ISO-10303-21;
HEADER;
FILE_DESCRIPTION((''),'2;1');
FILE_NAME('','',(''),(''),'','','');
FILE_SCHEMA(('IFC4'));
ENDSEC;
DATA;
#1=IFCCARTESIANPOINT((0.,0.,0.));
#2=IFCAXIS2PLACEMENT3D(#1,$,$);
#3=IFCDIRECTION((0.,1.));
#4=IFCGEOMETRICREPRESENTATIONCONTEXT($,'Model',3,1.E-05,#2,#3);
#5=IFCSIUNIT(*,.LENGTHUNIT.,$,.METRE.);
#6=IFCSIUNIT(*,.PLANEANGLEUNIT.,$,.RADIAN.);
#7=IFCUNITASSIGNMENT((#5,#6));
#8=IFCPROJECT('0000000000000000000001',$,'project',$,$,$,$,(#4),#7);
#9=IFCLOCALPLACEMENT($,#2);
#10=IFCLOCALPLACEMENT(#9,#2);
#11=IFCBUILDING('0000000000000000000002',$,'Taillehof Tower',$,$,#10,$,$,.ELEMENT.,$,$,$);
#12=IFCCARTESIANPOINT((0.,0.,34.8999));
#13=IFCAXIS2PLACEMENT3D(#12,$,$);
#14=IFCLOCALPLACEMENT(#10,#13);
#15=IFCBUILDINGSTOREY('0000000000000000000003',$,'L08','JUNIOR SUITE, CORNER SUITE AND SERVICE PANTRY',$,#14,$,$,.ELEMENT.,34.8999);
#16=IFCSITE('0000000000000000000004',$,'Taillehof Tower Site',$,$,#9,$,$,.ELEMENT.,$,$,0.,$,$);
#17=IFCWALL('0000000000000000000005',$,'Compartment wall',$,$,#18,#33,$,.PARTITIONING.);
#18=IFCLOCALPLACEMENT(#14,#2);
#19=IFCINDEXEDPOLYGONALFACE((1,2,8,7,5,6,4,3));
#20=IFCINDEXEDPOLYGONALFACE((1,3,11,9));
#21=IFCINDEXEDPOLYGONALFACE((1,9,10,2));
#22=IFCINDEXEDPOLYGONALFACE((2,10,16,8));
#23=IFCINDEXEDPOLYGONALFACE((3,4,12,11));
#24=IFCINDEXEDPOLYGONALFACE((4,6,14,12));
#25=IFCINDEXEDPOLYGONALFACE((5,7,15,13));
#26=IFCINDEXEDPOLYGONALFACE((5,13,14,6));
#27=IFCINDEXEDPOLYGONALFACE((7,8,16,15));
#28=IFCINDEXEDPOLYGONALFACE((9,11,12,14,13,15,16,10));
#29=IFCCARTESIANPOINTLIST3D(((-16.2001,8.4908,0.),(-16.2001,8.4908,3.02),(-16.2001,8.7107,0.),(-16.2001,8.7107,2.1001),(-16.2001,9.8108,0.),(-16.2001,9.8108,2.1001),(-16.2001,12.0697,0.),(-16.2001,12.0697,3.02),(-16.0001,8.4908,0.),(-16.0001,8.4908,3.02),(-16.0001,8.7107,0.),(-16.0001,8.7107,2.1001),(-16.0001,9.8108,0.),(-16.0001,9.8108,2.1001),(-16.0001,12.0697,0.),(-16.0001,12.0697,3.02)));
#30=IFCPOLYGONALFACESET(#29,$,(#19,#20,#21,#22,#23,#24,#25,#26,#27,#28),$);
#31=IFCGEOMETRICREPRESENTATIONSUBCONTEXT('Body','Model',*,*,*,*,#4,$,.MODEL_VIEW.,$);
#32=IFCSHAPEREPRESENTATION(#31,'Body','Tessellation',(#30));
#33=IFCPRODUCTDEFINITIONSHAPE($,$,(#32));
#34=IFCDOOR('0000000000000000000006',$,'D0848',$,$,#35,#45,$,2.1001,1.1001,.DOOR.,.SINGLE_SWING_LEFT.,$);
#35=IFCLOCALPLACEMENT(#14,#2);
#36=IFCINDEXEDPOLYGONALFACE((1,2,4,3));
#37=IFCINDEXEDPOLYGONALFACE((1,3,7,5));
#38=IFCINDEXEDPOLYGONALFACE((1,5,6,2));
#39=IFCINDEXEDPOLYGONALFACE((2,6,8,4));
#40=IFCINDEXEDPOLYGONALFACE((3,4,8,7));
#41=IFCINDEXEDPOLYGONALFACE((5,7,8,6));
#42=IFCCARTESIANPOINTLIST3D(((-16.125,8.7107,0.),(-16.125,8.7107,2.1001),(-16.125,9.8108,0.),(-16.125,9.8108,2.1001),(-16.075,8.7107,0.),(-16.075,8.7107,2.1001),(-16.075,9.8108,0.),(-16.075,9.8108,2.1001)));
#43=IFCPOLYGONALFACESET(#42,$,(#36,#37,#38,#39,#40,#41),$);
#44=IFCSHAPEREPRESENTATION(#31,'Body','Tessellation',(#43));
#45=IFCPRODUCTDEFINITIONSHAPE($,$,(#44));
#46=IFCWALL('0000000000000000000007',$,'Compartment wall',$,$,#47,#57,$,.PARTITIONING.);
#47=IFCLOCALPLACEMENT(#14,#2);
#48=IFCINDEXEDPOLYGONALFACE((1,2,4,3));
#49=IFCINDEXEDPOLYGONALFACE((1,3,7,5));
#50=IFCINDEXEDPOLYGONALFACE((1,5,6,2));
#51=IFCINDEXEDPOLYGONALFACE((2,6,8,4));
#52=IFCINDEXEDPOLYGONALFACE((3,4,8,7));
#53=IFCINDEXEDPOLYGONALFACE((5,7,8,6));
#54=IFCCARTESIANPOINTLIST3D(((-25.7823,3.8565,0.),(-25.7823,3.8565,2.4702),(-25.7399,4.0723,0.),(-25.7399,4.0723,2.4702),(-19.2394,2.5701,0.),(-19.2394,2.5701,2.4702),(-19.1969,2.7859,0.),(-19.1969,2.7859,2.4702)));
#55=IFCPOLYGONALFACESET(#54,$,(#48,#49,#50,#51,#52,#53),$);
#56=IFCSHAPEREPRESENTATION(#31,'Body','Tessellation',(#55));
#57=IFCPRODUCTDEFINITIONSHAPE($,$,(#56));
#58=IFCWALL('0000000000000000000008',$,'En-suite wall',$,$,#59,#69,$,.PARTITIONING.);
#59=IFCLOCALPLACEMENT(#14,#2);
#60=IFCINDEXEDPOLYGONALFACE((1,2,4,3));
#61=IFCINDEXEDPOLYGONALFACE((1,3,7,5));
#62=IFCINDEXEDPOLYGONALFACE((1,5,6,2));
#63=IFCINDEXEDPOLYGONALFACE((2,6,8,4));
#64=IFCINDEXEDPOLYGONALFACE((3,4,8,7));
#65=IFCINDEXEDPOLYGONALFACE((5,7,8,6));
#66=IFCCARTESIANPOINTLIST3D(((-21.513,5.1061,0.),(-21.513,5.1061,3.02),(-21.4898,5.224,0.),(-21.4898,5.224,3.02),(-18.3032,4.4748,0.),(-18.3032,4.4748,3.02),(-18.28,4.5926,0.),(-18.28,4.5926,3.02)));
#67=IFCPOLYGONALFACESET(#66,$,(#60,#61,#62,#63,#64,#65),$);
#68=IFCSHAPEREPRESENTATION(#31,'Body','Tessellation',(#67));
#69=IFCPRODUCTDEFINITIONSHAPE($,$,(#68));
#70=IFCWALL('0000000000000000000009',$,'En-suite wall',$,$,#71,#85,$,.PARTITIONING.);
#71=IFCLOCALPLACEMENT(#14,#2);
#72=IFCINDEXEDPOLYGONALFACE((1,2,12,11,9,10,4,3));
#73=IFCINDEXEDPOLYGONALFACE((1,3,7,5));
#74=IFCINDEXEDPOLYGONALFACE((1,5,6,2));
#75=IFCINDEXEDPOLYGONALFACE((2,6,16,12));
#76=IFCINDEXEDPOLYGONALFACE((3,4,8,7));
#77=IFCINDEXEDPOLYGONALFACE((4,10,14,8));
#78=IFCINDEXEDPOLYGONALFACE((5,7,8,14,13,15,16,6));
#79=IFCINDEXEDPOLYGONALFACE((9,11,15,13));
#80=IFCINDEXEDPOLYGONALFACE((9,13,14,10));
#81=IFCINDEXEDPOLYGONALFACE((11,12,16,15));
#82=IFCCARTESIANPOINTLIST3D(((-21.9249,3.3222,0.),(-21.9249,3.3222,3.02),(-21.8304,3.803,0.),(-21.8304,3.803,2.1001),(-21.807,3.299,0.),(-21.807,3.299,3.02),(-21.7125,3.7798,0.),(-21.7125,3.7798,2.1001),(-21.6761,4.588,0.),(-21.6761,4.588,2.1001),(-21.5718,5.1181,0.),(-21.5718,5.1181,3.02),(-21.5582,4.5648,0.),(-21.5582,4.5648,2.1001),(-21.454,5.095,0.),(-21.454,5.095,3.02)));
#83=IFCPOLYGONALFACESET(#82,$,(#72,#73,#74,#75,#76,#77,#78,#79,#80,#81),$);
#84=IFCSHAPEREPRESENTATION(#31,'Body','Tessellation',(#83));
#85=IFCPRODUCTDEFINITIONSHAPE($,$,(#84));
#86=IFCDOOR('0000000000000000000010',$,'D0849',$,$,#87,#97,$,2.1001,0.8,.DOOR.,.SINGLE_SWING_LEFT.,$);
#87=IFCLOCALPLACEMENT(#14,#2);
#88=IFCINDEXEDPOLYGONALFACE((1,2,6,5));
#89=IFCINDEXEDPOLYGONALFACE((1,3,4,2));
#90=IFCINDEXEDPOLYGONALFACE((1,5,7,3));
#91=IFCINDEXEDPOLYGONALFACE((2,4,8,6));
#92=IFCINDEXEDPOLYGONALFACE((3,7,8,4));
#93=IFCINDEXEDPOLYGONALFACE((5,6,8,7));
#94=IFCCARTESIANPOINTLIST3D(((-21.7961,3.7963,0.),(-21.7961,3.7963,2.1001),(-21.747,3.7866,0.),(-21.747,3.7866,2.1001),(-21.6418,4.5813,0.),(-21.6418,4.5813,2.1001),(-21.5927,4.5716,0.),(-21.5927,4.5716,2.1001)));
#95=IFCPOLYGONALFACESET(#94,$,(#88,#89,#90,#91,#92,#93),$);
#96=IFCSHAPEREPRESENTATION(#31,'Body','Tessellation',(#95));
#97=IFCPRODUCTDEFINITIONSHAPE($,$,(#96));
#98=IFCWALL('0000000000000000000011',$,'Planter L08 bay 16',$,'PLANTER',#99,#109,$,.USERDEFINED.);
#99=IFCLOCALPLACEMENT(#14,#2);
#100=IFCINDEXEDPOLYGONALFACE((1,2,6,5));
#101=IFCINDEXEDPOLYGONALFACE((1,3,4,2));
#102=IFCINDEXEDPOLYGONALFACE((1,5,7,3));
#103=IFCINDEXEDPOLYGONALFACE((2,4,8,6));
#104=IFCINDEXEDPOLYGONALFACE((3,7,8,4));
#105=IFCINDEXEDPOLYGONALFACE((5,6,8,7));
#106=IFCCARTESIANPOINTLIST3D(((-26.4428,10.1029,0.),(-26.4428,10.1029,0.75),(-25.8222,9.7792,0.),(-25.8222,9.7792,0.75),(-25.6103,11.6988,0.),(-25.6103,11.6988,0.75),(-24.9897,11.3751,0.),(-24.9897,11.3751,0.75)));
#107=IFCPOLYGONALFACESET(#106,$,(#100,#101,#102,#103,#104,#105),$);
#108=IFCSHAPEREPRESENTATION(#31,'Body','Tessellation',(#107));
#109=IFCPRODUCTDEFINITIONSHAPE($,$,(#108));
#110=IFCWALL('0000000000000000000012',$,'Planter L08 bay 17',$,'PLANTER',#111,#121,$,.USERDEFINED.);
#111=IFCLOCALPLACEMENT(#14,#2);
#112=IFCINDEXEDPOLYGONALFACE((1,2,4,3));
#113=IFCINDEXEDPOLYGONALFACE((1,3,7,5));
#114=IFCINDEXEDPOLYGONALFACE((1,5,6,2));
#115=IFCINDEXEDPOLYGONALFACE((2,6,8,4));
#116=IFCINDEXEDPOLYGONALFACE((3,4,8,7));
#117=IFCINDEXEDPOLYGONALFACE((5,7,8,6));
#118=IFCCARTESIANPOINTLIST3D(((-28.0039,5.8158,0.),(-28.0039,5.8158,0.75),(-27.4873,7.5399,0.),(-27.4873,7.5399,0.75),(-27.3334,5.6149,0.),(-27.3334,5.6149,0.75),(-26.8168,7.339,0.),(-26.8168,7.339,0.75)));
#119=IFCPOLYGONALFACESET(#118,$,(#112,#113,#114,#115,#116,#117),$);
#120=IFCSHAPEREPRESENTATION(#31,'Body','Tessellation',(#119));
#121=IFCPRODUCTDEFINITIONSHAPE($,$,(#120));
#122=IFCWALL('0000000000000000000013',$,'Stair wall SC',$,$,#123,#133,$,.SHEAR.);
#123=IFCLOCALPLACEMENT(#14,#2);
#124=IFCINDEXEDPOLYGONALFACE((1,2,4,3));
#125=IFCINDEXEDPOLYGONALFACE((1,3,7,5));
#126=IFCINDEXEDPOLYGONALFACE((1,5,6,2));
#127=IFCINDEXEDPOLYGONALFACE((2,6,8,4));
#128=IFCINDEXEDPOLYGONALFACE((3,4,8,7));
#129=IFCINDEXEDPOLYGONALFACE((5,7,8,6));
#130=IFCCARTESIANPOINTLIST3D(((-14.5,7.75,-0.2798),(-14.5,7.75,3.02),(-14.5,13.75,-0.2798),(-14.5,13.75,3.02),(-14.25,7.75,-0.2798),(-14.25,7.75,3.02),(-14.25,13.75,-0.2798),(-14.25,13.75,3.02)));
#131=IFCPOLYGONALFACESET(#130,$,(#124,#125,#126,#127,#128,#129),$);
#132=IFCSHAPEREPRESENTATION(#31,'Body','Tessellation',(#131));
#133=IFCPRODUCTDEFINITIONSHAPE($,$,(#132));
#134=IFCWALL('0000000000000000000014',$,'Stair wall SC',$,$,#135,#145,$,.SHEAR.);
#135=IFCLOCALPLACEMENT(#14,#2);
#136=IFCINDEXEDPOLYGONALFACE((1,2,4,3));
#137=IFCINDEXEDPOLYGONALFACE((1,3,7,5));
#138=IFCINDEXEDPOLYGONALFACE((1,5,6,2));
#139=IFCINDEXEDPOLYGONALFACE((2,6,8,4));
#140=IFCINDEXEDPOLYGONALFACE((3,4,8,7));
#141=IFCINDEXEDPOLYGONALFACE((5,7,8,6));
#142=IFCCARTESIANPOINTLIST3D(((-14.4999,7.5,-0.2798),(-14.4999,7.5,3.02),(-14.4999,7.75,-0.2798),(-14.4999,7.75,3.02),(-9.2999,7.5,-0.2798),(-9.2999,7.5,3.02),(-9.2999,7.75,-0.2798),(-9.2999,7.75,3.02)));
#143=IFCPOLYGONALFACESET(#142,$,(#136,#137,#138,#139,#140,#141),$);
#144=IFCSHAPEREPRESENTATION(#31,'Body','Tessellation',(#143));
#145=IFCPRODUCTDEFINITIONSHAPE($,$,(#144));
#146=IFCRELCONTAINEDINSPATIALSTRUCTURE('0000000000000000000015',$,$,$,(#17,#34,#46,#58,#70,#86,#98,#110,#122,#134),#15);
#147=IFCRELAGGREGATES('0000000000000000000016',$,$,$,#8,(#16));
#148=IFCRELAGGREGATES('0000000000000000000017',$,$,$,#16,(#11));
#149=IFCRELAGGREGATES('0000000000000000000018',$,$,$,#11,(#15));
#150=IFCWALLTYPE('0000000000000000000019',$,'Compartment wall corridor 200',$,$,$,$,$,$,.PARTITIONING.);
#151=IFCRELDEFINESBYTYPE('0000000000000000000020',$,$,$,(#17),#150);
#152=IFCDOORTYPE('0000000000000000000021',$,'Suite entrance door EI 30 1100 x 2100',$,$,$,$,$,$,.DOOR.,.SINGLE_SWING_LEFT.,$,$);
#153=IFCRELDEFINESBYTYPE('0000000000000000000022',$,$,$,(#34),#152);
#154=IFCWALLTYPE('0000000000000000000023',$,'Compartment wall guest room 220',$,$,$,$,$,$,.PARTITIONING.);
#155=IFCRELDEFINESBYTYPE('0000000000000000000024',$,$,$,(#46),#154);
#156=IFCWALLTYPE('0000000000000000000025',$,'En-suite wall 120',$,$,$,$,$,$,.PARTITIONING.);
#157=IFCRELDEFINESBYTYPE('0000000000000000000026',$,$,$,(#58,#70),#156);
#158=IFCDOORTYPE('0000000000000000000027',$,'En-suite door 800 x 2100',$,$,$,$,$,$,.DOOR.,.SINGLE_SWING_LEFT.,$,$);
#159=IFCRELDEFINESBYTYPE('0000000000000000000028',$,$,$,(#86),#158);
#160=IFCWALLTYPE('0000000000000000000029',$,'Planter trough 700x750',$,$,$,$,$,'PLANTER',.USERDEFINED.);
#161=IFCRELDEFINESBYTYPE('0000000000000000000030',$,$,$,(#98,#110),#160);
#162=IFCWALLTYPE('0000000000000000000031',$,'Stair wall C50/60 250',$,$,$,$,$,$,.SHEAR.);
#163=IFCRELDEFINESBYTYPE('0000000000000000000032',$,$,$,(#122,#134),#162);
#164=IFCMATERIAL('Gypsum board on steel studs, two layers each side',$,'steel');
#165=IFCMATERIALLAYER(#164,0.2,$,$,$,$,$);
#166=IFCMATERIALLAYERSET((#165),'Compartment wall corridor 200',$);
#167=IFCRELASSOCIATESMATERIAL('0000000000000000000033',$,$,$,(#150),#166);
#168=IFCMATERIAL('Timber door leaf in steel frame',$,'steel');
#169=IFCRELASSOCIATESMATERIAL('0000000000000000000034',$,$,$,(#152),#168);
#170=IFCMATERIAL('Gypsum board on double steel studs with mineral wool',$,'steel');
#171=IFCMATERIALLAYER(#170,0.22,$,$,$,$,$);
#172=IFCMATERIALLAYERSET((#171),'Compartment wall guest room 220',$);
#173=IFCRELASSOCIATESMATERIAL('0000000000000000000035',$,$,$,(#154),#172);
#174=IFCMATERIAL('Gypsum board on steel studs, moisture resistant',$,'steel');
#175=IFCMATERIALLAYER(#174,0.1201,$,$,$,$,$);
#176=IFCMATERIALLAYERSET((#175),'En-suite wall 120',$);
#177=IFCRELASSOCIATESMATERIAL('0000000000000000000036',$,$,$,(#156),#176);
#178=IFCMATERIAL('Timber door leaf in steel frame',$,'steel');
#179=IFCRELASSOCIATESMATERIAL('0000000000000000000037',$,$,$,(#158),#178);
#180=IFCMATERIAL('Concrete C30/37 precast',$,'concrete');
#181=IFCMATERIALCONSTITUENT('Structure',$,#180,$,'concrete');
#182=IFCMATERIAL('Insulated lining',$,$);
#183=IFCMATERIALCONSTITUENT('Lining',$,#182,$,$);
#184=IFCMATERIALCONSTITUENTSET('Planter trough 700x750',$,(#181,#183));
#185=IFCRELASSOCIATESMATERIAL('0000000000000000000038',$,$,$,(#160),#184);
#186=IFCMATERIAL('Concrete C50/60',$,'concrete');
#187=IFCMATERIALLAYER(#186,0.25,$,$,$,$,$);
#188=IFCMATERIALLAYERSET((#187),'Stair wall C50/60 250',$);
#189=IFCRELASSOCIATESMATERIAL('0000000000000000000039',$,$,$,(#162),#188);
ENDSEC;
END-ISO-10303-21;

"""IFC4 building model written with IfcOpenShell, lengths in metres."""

from ifc_helpers import new_model, si_unit, direction, frame, frame_2d, origin, place, context, subcontext, project, spatial, rectangle, extrude, material, layer, layer_set, constituent, constituent_set, type_object, element, fill, save


model = new_model("IFC4")

# Units and contexts
model_context = context("Model", 3, precision=1e-05, world=origin(), true_north=direction((0.0, 1.0)))
body_context = subcontext(model_context, "Body", "Model", "MODEL_VIEW")
ifc_project = project(units=[si_unit("LENGTHUNIT", "METRE"), si_unit("PLANEANGLEUNIT", "RADIAN")], contexts=[model_context])

# Site, building, storey
site_placement = place(None, origin())
site = spatial("IfcSite", under=ifc_project, at=site_placement, Name="Taillehof Tower Site", CompositionType="ELEMENT", RefElevation=0.0)
building_placement = place(site_placement, origin())
building = spatial("IfcBuilding", under=site, at=building_placement, Name="Taillehof Tower", CompositionType="ELEMENT")
storey_placement = place(building_placement, frame((0.0, 0.0, 34.8999)))
storey = spatial("IfcBuildingStorey", under=building, at=storey_placement, Name="L08", Description="JUNIOR SUITE, CORNER SUITE AND SERVICE PANTRY", CompositionType="ELEMENT", Elevation=34.8999)

# Shared definitions
ifc_material_1 = material(Name="Gypsum board on steel studs, two layers each side", Category="steel")
ifc_layer_1 = layer(ifc_material_1, 0.2)
ifc_layer_set_1 = layer_set([ifc_layer_1], Name="Compartment wall corridor 200")
wall_type_1 = type_object("IfcWallType", Name="Compartment wall corridor 200", PredefinedType="PARTITIONING", material=ifc_layer_set_1)

# Wall, opening, door
wall_1_placement = place(storey_placement, frame((-16.1001, 8.4907, 0.0), z_axis=(0.0, 0.0, 1.0), x_axis=(0.0, 1.0, 0.0)))
wall_1 = element("IfcWall", 1, at=wall_1_placement, inside=storey, type_object=wall_type_1, Name="Compartment wall", PredefinedType="PARTITIONING", context=body_context, shape_type="SweptSolid", body=[
    extrude(rectangle(XDim=3.5789, YDim=0.2, at=frame_2d((1.7896, 0.0))), origin(), (0.0, 0.0, 1.0), 3.02),
])
opening_1_placement = place(wall_1_placement, frame((0.22, 0.0, 0.0)))
opening_1 = element("IfcOpeningElement", 2, at=opening_1_placement, cuts=wall_1, PredefinedType="OPENING", context=body_context, shape_type="SweptSolid", body=[
    extrude(rectangle(XDim=1.1001, YDim=2.1001, at=frame_2d((0.55, 1.05))), frame((0.0, 0.1099, 0.0), z_axis=(0.0, -1.0, 0.0), x_axis=(1.0, 0.0, 0.0)), (0.0, 0.0, 1.0), 0.22),
])
ifc_material_2 = material(Name="Timber door leaf in steel frame", Category="steel")
door_type_1 = type_object("IfcDoorType", Name="Suite entrance door EI 30 1100 x 2100", OperationType="SINGLE_SWING_LEFT", PredefinedType="DOOR", material=ifc_material_2)
door_1_placement = place(opening_1_placement, origin())
door_1 = element("IfcDoor", 3, at=door_1_placement, inside=storey, type_object=door_type_1, Name="D0848", OperationType="SINGLE_SWING_LEFT", OverallHeight=2.1001, OverallWidth=1.1001, PredefinedType="DOOR", context=body_context, shape_type="SweptSolid", body=[
    extrude(rectangle(XDim=1.1001, YDim=2.1001, at=frame_2d((0.55, 1.05))), frame((0.0, 0.0249, 0.0), z_axis=(0.0, -1.0, 0.0), x_axis=(1.0, 0.0, 0.0)), (0.0, 0.0, 1.0), 0.05),
])
fill(opening_1, door_1)

# Walls
ifc_material_3 = material(Name="Gypsum board on double steel studs with mineral wool", Category="steel")
ifc_layer_2 = layer(ifc_material_3, 0.22)
ifc_layer_set_2 = layer_set([ifc_layer_2], Name="Compartment wall guest room 220")
wall_type_2 = type_object("IfcWallType", Name="Compartment wall guest room 220", PredefinedType="PARTITIONING", material=ifc_layer_set_2)
wall_2_placement = place(storey_placement, frame((-25.761, 3.9644, 0.0), z_axis=(0.0, 0.0, 1.0), x_axis=(0.981216, -0.192911, 0.0)))
element("IfcWall", 4, at=wall_2_placement, inside=storey, type_object=wall_type_2, Name="Compartment wall", PredefinedType="PARTITIONING", context=body_context, shape_type="SweptSolid", body=[
    extrude(rectangle(XDim=6.6682, YDim=0.22, at=frame_2d((3.334, 0.0))), origin(), (0.0, 0.0, 1.0), 2.4702),
])
ifc_material_4 = material(Name="Gypsum board on steel studs, moisture resistant", Category="steel")
ifc_layer_3 = layer(ifc_material_4, 0.1201)
ifc_layer_set_3 = layer_set([ifc_layer_3], Name="En-suite wall 120")
wall_type_3 = type_object("IfcWallType", Name="En-suite wall 120", PredefinedType="PARTITIONING", material=ifc_layer_set_3)
wall_3_placement = place(storey_placement, frame((-18.2915, 4.5337, 0.0), z_axis=(0.0, 0.0, 1.0), x_axis=(-0.981199, 0.193001, 0.0)))
element("IfcWall", 5, at=wall_3_placement, inside=storey, type_object=wall_type_3, Name="En-suite wall", PredefinedType="PARTITIONING", context=body_context, shape_type="SweptSolid", body=[
    extrude(rectangle(XDim=3.2712, YDim=0.1201, at=frame_2d((1.6357, 0.0))), origin(), (0.0, 0.0, 1.0), 3.02),
])

# Wall, opening, door
wall_4_placement = place(storey_placement, frame((-21.5129, 5.1064, 0.0), z_axis=(0.0, 0.0, 1.0), x_axis=(-0.192883, -0.981222, 0.0)))
wall_4 = element("IfcWall", 6, at=wall_4_placement, inside=storey, type_object=wall_type_3, Name="En-suite wall", PredefinedType="PARTITIONING", context=body_context, shape_type="SweptSolid", body=[
    extrude(rectangle(XDim=1.8303, YDim=0.1201, at=frame_2d((0.915, 0.0))), origin(), (0.0, 0.0, 1.0), 3.02),
])
opening_2_placement = place(wall_4_placement, frame((0.5403, 0.0, 0.0)))
opening_2 = element("IfcOpeningElement", 7, at=opening_2_placement, cuts=wall_4, PredefinedType="OPENING", context=body_context, shape_type="SweptSolid", body=[
    extrude(rectangle(XDim=0.8, YDim=2.1001, at=frame_2d((0.3999, 1.05))), frame((0.0, 0.0701, 0.0), z_axis=(0.0, -1.0, 0.0), x_axis=(1.0, 0.0, 0.0)), (0.0, 0.0, 1.0), 0.1401),
])
ifc_material_5 = material(Name="Timber door leaf in steel frame", Category="steel")
door_type_2 = type_object("IfcDoorType", Name="En-suite door 800 x 2100", OperationType="SINGLE_SWING_LEFT", PredefinedType="DOOR", material=ifc_material_5)
door_2_placement = place(opening_2_placement, origin())
door_2 = element("IfcDoor", 8, at=door_2_placement, inside=storey, type_object=door_type_2, Name="D0849", OperationType="SINGLE_SWING_LEFT", OverallHeight=2.1001, OverallWidth=0.8, PredefinedType="DOOR", context=body_context, shape_type="SweptSolid", body=[
    extrude(rectangle(XDim=0.8, YDim=2.1001, at=frame_2d((0.3999, 1.05))), frame((0.0, 0.0249, 0.0), z_axis=(0.0, -1.0, 0.0), x_axis=(1.0, 0.0, 0.0)), (0.0, 0.0, 1.0), 0.05),
])
fill(opening_2, door_2)

# Walls
ifc_material_6 = material(Name="Concrete C30/37 precast", Category="concrete")
ifc_constituent_1 = constituent(ifc_material_6, Name="Structure", Category="concrete")
ifc_material_7 = material(Name="Insulated lining")
ifc_constituent_2 = constituent(ifc_material_7, Name="Lining")
ifc_constituent_set = constituent_set(constituents=[ifc_constituent_1, ifc_constituent_2], Name="Planter trough 700x750")
wall_type_4 = type_object("IfcWallType", Name="Planter trough 700x750", ElementType="PLANTER", PredefinedType="USERDEFINED", material=ifc_constituent_set)
wall_5_placement = place(storey_placement, frame((-25.3, 11.5369, 0.0), z_axis=(0.0, 0.0, 1.0), x_axis=(-0.462501, -0.886619, 0.0)))
element("IfcWall", 9, at=wall_5_placement, inside=storey, type_object=wall_type_4, Name="Planter L08 bay 16", ObjectType="PLANTER", PredefinedType="USERDEFINED", context=body_context, shape_type="SweptSolid", body=[
    extrude(rectangle(XDim=1.8, YDim=0.7, at=frame_2d((0.8999, 0.0))), origin(), (0.0, 0.0, 1.0), 0.75),
])
wall_6_placement = place(storey_placement, frame((-27.1521, 7.4395, 0.0), z_axis=(0.0, 0.0, 1.0), x_axis=(-0.287024, -0.957923, 0.0)))
element("IfcWall", 10, at=wall_6_placement, inside=storey, type_object=wall_type_4, Name="Planter L08 bay 17", ObjectType="PLANTER", PredefinedType="USERDEFINED", context=body_context, shape_type="SweptSolid", body=[
    extrude(rectangle(XDim=1.7998, YDim=0.7, at=frame_2d((0.8999, 0.0))), origin(), (0.0, 0.0, 1.0), 0.75),
])
ifc_material_8 = material(Name="Concrete C50/60", Category="concrete")
ifc_layer_4 = layer(ifc_material_8, 0.25)
ifc_layer_set_4 = layer_set([ifc_layer_4], Name="Stair wall C50/60 250")
wall_type_5 = type_object("IfcWallType", Name="Stair wall C50/60 250", PredefinedType="SHEAR", material=ifc_layer_set_4)
wall_7_placement = place(storey_placement, frame((-14.375, 7.75, -0.2798), z_axis=(0.0, 0.0, 1.0), x_axis=(0.0, 1.0, 0.0)))
element("IfcWall", 11, at=wall_7_placement, inside=storey, type_object=wall_type_5, Name="Stair wall SC", PredefinedType="SHEAR", context=body_context, shape_type="SweptSolid", body=[
    extrude(rectangle(XDim=6.0, YDim=0.25, at=frame_2d((3.0, 0.0))), origin(), (0.0, 0.0, 1.0), 3.2998),
])
wall_8_placement = place(storey_placement, frame((-14.5, 7.625, -0.2798), z_axis=(0.0, 0.0, 1.0), x_axis=(1.0, 0.0, 0.0)))
element("IfcWall", 12, at=wall_8_placement, inside=storey, type_object=wall_type_5, Name="Stair wall SC", PredefinedType="SHEAR", context=body_context, shape_type="SweptSolid", body=[
    extrude(rectangle(XDim=5.2, YDim=0.25, at=frame_2d((2.6001, 0.0))), origin(), (0.0, 0.0, 1.0), 3.2998),
])

save(model, "model.ifc")
